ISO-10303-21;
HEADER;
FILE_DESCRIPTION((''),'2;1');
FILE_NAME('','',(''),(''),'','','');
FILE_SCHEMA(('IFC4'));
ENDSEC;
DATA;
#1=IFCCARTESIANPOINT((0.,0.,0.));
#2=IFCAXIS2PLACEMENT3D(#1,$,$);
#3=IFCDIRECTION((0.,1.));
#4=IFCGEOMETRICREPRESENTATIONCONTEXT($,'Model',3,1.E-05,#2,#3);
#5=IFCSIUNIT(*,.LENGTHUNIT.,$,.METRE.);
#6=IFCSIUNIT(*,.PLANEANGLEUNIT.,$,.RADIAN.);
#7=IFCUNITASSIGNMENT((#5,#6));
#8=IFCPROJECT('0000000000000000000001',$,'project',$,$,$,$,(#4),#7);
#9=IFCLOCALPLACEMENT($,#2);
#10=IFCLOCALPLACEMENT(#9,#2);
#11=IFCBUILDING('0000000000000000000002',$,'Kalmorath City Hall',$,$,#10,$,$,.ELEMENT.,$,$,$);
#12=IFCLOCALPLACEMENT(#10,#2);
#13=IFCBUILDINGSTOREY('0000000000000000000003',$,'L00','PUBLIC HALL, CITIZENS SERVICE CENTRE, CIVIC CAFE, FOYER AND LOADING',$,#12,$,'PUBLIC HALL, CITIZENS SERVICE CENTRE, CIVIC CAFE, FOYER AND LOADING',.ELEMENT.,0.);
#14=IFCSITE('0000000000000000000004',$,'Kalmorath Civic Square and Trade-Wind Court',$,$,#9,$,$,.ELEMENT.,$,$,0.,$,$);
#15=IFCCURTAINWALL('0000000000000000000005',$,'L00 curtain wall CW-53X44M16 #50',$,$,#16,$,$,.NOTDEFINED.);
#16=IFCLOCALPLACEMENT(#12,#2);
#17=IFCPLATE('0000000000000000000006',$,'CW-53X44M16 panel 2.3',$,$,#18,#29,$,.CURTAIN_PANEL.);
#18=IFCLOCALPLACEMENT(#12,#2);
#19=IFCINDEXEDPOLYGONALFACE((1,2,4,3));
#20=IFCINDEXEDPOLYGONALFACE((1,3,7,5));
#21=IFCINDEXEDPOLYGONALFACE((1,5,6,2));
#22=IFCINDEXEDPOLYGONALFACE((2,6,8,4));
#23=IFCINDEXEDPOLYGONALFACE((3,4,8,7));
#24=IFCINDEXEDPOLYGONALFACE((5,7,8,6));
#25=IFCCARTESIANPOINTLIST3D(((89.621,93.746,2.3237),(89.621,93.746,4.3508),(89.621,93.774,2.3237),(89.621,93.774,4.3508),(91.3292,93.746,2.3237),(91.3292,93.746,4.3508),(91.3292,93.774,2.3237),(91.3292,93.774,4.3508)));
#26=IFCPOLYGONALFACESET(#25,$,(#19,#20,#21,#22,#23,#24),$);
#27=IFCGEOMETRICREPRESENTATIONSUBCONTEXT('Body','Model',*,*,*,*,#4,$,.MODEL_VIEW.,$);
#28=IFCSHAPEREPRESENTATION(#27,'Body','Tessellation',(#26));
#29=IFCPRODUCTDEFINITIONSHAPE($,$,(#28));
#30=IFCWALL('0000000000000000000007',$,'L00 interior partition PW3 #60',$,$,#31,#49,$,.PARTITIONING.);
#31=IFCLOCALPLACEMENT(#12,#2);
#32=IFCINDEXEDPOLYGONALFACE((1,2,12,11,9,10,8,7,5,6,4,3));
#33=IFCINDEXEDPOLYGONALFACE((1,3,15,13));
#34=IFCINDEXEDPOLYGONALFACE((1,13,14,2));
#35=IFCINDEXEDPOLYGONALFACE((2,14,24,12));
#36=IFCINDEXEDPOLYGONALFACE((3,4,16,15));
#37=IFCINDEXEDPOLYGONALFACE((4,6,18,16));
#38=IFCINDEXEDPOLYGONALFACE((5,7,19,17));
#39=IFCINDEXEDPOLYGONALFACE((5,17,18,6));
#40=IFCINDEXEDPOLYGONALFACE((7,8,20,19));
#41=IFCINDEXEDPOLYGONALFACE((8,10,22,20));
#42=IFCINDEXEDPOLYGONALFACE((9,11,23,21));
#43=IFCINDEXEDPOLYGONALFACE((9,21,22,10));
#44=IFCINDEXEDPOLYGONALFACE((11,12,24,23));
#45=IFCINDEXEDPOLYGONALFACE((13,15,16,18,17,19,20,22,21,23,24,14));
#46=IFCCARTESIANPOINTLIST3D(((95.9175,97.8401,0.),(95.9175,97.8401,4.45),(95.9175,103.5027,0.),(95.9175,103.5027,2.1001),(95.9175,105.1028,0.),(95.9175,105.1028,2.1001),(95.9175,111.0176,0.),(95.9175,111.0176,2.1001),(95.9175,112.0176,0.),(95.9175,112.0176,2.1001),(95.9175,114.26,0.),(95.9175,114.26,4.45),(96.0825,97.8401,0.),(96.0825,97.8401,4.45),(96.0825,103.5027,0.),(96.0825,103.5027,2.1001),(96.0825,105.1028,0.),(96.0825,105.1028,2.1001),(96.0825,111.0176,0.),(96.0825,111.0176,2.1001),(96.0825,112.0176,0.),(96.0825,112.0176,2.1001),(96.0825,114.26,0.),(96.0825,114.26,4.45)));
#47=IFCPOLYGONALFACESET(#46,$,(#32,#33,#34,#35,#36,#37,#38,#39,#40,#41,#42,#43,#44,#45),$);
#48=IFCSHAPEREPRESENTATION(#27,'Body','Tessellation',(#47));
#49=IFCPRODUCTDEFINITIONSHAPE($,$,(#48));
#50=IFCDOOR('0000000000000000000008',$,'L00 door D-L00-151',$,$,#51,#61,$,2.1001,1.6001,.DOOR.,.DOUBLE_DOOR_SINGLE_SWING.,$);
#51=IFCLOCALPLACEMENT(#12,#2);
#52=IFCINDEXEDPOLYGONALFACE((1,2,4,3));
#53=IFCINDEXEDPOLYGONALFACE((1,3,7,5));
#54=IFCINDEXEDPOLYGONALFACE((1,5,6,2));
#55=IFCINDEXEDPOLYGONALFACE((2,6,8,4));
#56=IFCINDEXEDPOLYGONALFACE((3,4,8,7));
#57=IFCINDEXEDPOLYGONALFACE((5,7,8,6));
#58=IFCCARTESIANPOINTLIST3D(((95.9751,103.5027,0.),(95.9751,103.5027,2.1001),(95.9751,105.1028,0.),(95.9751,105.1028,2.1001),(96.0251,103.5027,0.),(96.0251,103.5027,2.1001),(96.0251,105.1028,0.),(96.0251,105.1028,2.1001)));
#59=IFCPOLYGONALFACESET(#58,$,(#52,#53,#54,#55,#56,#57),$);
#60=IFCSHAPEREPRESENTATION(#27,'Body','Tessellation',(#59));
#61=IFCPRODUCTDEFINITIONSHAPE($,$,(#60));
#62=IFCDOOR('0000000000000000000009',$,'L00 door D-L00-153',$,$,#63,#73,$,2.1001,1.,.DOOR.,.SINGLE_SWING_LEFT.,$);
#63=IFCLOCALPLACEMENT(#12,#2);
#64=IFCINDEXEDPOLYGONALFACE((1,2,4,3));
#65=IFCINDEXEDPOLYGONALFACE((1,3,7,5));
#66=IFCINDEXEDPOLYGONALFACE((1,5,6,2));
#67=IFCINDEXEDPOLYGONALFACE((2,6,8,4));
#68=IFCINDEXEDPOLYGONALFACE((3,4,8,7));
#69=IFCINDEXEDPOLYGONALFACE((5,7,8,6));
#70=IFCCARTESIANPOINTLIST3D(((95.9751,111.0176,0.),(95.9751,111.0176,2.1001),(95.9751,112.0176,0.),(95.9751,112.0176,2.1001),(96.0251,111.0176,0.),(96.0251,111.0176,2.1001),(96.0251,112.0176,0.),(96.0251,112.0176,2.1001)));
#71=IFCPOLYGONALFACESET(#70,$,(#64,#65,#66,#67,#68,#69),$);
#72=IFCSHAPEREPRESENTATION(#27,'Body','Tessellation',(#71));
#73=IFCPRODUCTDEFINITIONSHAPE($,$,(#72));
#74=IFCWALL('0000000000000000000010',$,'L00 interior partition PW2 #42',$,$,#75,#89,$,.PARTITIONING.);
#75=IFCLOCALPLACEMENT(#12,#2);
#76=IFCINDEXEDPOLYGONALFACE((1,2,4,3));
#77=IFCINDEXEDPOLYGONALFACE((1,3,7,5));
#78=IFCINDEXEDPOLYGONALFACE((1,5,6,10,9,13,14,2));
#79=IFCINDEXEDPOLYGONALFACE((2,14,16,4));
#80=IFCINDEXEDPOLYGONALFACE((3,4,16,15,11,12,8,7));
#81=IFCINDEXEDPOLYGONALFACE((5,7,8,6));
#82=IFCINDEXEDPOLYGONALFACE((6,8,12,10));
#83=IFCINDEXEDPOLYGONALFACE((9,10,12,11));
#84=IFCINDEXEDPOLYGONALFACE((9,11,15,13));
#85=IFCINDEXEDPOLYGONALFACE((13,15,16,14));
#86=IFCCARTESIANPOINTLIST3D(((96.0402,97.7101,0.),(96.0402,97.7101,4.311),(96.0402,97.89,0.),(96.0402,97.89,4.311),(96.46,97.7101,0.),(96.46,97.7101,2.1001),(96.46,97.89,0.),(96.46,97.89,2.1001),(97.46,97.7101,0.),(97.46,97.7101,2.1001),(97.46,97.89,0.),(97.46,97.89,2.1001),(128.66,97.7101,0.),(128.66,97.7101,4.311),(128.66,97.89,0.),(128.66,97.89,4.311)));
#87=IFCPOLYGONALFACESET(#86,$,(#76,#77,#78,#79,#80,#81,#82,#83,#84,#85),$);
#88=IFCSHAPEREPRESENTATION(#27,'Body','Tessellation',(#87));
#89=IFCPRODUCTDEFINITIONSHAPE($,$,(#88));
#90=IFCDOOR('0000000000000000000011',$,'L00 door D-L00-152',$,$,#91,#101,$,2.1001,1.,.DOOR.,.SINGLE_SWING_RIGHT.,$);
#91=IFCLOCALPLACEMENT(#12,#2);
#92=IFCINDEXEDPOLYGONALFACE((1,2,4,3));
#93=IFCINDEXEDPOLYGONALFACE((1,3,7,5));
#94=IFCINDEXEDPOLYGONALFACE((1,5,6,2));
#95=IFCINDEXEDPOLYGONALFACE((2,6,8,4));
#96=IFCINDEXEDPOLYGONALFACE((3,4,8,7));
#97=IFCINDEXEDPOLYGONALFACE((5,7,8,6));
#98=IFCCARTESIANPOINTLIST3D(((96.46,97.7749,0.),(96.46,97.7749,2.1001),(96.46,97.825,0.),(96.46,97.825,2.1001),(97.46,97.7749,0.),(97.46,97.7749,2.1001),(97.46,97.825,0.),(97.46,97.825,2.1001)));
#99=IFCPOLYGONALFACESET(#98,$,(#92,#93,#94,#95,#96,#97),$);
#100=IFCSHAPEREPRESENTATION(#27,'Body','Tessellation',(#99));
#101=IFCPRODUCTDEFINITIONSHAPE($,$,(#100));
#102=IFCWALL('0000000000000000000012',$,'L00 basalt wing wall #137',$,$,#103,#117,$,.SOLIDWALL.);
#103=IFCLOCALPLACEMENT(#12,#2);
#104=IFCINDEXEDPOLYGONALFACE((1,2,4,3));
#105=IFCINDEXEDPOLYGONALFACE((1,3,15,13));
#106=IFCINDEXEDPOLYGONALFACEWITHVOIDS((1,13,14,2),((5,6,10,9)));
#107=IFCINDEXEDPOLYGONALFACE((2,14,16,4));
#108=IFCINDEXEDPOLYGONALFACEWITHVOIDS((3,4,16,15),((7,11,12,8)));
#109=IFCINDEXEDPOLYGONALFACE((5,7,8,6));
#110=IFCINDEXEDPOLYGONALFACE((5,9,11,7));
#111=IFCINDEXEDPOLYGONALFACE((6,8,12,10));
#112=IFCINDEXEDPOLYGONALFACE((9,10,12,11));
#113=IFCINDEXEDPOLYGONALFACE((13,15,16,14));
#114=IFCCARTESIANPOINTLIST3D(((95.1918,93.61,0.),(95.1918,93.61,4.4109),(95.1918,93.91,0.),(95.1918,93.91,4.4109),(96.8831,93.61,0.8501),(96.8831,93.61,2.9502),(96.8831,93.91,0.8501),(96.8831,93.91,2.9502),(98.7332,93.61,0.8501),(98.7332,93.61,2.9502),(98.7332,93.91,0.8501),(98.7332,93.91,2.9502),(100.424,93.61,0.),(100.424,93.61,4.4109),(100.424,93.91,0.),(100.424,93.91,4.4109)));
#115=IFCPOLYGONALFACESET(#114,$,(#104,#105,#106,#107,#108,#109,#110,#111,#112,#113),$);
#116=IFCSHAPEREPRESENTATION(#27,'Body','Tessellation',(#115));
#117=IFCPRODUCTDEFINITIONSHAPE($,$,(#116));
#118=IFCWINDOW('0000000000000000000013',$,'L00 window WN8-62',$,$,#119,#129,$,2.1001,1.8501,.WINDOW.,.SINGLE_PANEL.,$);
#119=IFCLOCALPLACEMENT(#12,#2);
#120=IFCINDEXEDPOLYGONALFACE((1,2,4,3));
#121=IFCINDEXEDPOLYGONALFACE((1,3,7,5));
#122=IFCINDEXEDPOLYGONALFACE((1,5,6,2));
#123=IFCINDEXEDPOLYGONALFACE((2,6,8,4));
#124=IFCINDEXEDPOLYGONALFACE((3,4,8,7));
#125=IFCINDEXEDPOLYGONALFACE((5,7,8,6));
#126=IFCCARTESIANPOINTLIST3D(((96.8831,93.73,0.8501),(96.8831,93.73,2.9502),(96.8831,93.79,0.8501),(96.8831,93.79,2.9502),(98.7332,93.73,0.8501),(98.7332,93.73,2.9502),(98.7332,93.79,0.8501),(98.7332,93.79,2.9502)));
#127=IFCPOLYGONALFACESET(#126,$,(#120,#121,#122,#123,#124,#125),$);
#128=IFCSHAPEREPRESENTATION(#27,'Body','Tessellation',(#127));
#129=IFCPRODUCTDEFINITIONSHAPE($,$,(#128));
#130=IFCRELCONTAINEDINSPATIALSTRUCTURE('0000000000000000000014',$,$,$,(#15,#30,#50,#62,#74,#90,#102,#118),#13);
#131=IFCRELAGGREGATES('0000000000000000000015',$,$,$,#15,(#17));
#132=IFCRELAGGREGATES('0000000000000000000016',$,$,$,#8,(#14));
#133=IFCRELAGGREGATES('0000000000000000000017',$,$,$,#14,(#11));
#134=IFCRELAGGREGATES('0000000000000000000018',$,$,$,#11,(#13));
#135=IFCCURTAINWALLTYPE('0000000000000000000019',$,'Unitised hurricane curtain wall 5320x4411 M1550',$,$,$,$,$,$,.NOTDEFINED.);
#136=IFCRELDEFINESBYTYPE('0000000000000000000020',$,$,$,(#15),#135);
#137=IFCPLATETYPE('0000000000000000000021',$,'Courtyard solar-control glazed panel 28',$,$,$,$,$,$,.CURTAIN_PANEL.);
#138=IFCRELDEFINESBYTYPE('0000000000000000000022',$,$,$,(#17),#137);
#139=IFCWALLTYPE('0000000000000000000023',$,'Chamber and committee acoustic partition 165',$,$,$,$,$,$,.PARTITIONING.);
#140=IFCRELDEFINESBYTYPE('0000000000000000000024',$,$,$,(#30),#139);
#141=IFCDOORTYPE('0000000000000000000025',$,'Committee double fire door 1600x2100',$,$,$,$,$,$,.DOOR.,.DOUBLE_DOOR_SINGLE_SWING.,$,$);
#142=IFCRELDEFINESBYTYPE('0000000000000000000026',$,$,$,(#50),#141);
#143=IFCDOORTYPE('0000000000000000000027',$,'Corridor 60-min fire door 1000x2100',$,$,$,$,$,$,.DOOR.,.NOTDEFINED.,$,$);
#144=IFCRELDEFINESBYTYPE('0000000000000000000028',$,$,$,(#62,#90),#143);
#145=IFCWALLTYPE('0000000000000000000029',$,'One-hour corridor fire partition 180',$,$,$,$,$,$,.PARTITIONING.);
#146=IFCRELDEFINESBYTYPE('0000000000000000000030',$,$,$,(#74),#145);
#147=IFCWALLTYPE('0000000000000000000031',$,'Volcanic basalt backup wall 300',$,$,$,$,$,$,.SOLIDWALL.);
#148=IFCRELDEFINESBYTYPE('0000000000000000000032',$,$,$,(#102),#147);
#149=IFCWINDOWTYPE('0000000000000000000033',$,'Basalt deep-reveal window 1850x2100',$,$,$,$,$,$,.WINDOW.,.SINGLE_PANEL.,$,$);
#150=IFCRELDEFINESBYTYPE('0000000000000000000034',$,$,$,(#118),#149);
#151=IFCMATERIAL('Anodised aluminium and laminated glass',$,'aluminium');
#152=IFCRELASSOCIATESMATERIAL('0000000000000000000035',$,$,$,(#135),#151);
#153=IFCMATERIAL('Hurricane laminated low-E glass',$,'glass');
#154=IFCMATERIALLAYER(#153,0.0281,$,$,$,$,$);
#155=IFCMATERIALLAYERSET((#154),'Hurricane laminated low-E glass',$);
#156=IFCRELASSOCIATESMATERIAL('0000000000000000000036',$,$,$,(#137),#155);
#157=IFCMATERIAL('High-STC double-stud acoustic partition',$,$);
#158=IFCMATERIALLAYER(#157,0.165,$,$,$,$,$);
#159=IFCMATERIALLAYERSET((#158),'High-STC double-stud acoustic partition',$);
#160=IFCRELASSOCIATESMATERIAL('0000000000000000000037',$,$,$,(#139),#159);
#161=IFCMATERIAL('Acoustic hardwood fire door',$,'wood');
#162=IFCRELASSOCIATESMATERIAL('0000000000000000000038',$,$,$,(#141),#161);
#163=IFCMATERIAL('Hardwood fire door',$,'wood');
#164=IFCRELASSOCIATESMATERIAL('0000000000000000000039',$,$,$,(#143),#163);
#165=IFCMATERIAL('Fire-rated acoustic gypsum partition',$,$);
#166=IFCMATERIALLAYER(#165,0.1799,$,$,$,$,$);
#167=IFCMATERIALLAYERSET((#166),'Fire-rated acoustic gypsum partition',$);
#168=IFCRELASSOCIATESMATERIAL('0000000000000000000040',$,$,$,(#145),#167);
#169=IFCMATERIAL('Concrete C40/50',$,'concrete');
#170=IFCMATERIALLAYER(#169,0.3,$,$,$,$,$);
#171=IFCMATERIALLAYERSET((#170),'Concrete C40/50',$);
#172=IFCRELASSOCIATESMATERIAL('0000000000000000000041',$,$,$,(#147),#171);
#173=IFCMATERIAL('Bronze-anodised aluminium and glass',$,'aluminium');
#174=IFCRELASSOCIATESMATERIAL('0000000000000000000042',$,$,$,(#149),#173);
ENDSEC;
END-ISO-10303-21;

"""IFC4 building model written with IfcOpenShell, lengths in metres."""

from ifc_helpers import new_model, si_unit, direction, frame, frame_2d, origin, origin_2d, place, context, subcontext, project, spatial, rectangle, extrude, material, layer, layer_set, type_object, element, fill, aggregate, save


model = new_model("IFC4")

# Units and contexts
model_context = context("Model", 3, precision=1e-05, world=origin(), true_north=direction((0.0, 1.0)))
body_context = subcontext(model_context, "Body", "Model", "MODEL_VIEW")
ifc_project = project(units=[si_unit("LENGTHUNIT", "METRE"), si_unit("PLANEANGLEUNIT", "RADIAN")], contexts=[model_context])

# Site, building, storey
site_placement = place(None, origin())
site = spatial("IfcSite", under=ifc_project, at=site_placement, Name="Kalmorath Civic Square and Trade-Wind Court", CompositionType="ELEMENT", RefElevation=0.0)
building_placement = place(site_placement, origin())
building = spatial("IfcBuilding", under=site, at=building_placement, Name="Kalmorath City Hall", CompositionType="ELEMENT")
storey_placement = place(building_placement, origin())
storey = spatial("IfcBuildingStorey", under=building, at=storey_placement, Name="L00", Description="PUBLIC HALL, CITIZENS SERVICE CENTRE, CIVIC CAFE, FOYER AND LOADING", LongName="PUBLIC HALL, CITIZENS SERVICE CENTRE, CIVIC CAFE, FOYER AND LOADING", CompositionType="ELEMENT", Elevation=0.0)

# Curtain wall
ifc_material_1 = material(Name="Anodised aluminium and laminated glass", Category="aluminium")
curtain_wall_type = type_object("IfcCurtainWallType", Name="Unitised hurricane curtain wall 5320x4411 M1550", PredefinedType="NOTDEFINED", material=ifc_material_1)
curtain_wall_placement = place(storey_placement, origin())
curtain_wall = element("IfcCurtainWall", 1, at=curtain_wall_placement, inside=storey, type_object=curtain_wall_type, Name="L00 curtain wall CW-53X44M16 #50", PredefinedType="NOTDEFINED")

# Plate
ifc_material_2 = material(Name="Hurricane laminated low-E glass", Category="glass")
ifc_layer_1 = layer(ifc_material_2, 0.0281)
ifc_layer_set_1 = layer_set([ifc_layer_1], Name="Hurricane laminated low-E glass")
plate_type = type_object("IfcPlateType", Name="Courtyard solar-control glazed panel 28", PredefinedType="CURTAIN_PANEL", material=ifc_layer_set_1)
plate_1_placement = place(storey_placement, frame((90.4751, 93.76, 2.3237), z_axis=(0.0, 0.0, 1.0), x_axis=(-1.0, 0.0, 0.0)))
plate_1 = element("IfcPlate", 2, at=plate_1_placement, type_object=plate_type, Name="CW-53X44M16 panel 2.3", PredefinedType="CURTAIN_PANEL", context=body_context, shape_type="SweptSolid", body=[
    extrude(rectangle(XDim=1.7083, YDim=0.0281, at=origin_2d()), origin(), (0.0, 0.0, 1.0), 2.0271),
])
aggregate(curtain_wall, [plate_1])

# Wall, openings, doors
ifc_material_3 = material(Name="High-STC double-stud acoustic partition")
ifc_layer_2 = layer(ifc_material_3, 0.165)
ifc_layer_set_2 = layer_set([ifc_layer_2], Name="High-STC double-stud acoustic partition")
wall_type_1 = type_object("IfcWallType", Name="Chamber and committee acoustic partition 165", PredefinedType="PARTITIONING", material=ifc_layer_set_2)
wall_1_placement = place(storey_placement, frame((96.0, 97.8401, 0.0), z_axis=(0.0, 0.0, 1.0), x_axis=(0.0, 1.0, 0.0)))
wall_1 = element("IfcWall", 3, at=wall_1_placement, inside=storey, type_object=wall_type_1, Name="L00 interior partition PW3 #60", PredefinedType="PARTITIONING", context=body_context, shape_type="SweptSolid", body=[
    extrude(rectangle(XDim=16.4199, YDim=0.165, at=frame_2d((8.21, 0.0))), origin(), (0.0, 0.0, 1.0), 4.45),
])
opening_1_placement = place(wall_1_placement, frame((5.6626, 0.0, 0.0)))
opening_1 = element("IfcOpeningElement", 4, at=opening_1_placement, cuts=wall_1, PredefinedType="OPENING", context=body_context, shape_type="SweptSolid", body=[
    extrude(rectangle(XDim=1.6001, YDim=2.1001, at=frame_2d((0.8, 1.05))), frame((0.0, 0.0925, 0.0), z_axis=(0.0, -1.0, 0.0), x_axis=(1.0, 0.0, 0.0)), (0.0, 0.0, 1.0), 0.1851),
])
opening_2_placement = place(wall_1_placement, frame((13.1775, 0.0, 0.0)))
opening_2 = element("IfcOpeningElement", 5, at=opening_2_placement, cuts=wall_1, PredefinedType="OPENING", context=body_context, shape_type="SweptSolid", body=[
    extrude(rectangle(XDim=1.0, YDim=2.1001, at=frame_2d((0.5, 1.05))), frame((0.0, 0.0925, 0.0), z_axis=(0.0, -1.0, 0.0), x_axis=(1.0, 0.0, 0.0)), (0.0, 0.0, 1.0), 0.1851),
])
ifc_material_4 = material(Name="Acoustic hardwood fire door", Category="wood")
door_type_1 = type_object("IfcDoorType", Name="Committee double fire door 1600x2100", OperationType="DOUBLE_DOOR_SINGLE_SWING", PredefinedType="DOOR", material=ifc_material_4)
door_1_placement = place(opening_1_placement, origin())
door_1 = element("IfcDoor", 6, at=door_1_placement, inside=storey, type_object=door_type_1, Name="L00 door D-L00-151", OperationType="DOUBLE_DOOR_SINGLE_SWING", OverallHeight=2.1001, OverallWidth=1.6001, PredefinedType="DOOR", context=body_context, shape_type="SweptSolid", body=[
    extrude(rectangle(XDim=1.6001, YDim=2.1001, at=frame_2d((0.8, 1.05))), frame((0.0, 0.0249, 0.0), z_axis=(0.0, -1.0, 0.0), x_axis=(1.0, 0.0, 0.0)), (0.0, 0.0, 1.0), 0.05),
])
fill(opening_1, door_1)
ifc_material_5 = material(Name="Hardwood fire door", Category="wood")
door_type_2 = type_object("IfcDoorType", Name="Corridor 60-min fire door 1000x2100", OperationType="NOTDEFINED", PredefinedType="DOOR", material=ifc_material_5)
door_2_placement = place(opening_2_placement, origin())
door_2 = element("IfcDoor", 7, at=door_2_placement, inside=storey, type_object=door_type_2, Name="L00 door D-L00-153", OperationType="SINGLE_SWING_LEFT", OverallHeight=2.1001, OverallWidth=1.0, PredefinedType="DOOR", context=body_context, shape_type="SweptSolid", body=[
    extrude(rectangle(XDim=1.0, YDim=2.1001, at=frame_2d((0.5, 1.05))), frame((0.0, 0.0249, 0.0), z_axis=(0.0, -1.0, 0.0), x_axis=(1.0, 0.0, 0.0)), (0.0, 0.0, 1.0), 0.05),
])
fill(opening_2, door_2)

# Wall, opening, door
ifc_material_6 = material(Name="Fire-rated acoustic gypsum partition")
ifc_layer_3 = layer(ifc_material_6, 0.1799)
ifc_layer_set_3 = layer_set([ifc_layer_3], Name="Fire-rated acoustic gypsum partition")
wall_type_2 = type_object("IfcWallType", Name="One-hour corridor fire partition 180", PredefinedType="PARTITIONING", material=ifc_layer_set_3)
wall_2_placement = place(storey_placement, frame((96.04, 97.8, 0.0), z_axis=(0.0, 0.0, 1.0), x_axis=(1.0, 0.0, 0.0)))
wall_2 = element("IfcWall", 8, at=wall_2_placement, inside=storey, type_object=wall_type_2, Name="L00 interior partition PW2 #42", PredefinedType="PARTITIONING", context=body_context, shape_type="SweptSolid", body=[
    extrude(rectangle(XDim=32.6199, YDim=0.1799, at=frame_2d((16.3101, 0.0))), origin(), (0.0, 0.0, 1.0), 4.311),
])
opening_3_placement = place(wall_2_placement, frame((0.4199, 0.0, 0.0)))
opening_3 = element("IfcOpeningElement", 9, at=opening_3_placement, cuts=wall_2, PredefinedType="OPENING", context=body_context, shape_type="SweptSolid", body=[
    extrude(rectangle(XDim=1.0, YDim=2.1001, at=frame_2d((0.5, 1.05))), frame((0.0, 0.0999, 0.0), z_axis=(0.0, -1.0, 0.0), x_axis=(1.0, 0.0, 0.0)), (0.0, 0.0, 1.0), 0.2),
])
door_3_placement = place(opening_3_placement, origin())
door_3 = element("IfcDoor", 10, at=door_3_placement, inside=storey, type_object=door_type_2, Name="L00 door D-L00-152", OperationType="SINGLE_SWING_RIGHT", OverallHeight=2.1001, OverallWidth=1.0, PredefinedType="DOOR", context=body_context, shape_type="SweptSolid", body=[
    extrude(rectangle(XDim=1.0, YDim=2.1001, at=frame_2d((0.5, 1.05))), frame((0.0, 0.0249, 0.0), z_axis=(0.0, -1.0, 0.0), x_axis=(1.0, 0.0, 0.0)), (0.0, 0.0, 1.0), 0.05),
])
fill(opening_3, door_3)

# Wall, opening, window
ifc_material_7 = material(Name="Concrete C40/50", Category="concrete")
ifc_layer_4 = layer(ifc_material_7, 0.3)
ifc_layer_set_4 = layer_set([ifc_layer_4], Name="Concrete C40/50")
wall_type_3 = type_object("IfcWallType", Name="Volcanic basalt backup wall 300", PredefinedType="SOLIDWALL", material=ifc_layer_set_4)
wall_3_placement = place(storey_placement, frame((100.4241, 93.76, 0.0), z_axis=(0.0, 0.0, 1.0), x_axis=(-1.0, 0.0, 0.0)))
wall_3 = element("IfcWall", 11, at=wall_3_placement, inside=storey, type_object=wall_type_3, Name="L00 basalt wing wall #137", PredefinedType="SOLIDWALL", context=body_context, shape_type="SweptSolid", body=[
    extrude(rectangle(XDim=5.2322, YDim=0.3, at=frame_2d((2.6162, 0.0))), origin(), (0.0, 0.0, 1.0), 4.4109),
])
opening_4_placement = place(wall_3_placement, frame((1.6909, 0.0, 0.8501)))
opening_4 = element("IfcOpeningElement", 12, at=opening_4_placement, cuts=wall_3, PredefinedType="OPENING", context=body_context, shape_type="SweptSolid", body=[
    extrude(rectangle(XDim=1.8501, YDim=2.1001, at=frame_2d((0.925, 1.05))), frame((0.0, 0.1599, 0.0), z_axis=(0.0, -1.0, 0.0), x_axis=(1.0, 0.0, 0.0)), (0.0, 0.0, 1.0), 0.3201),
])
ifc_material_8 = material(Name="Bronze-anodised aluminium and glass", Category="aluminium")
window_type = type_object("IfcWindowType", Name="Basalt deep-reveal window 1850x2100", PartitioningType="SINGLE_PANEL", PredefinedType="WINDOW", material=ifc_material_8)
window_placement = place(opening_4_placement, origin())
window = element("IfcWindow", 13, at=window_placement, inside=storey, type_object=window_type, Name="L00 window WN8-62", OverallHeight=2.1001, OverallWidth=1.8501, PartitioningType="SINGLE_PANEL", PredefinedType="WINDOW", context=body_context, shape_type="SweptSolid", body=[
    extrude(rectangle(XDim=1.8501, YDim=2.1001, at=frame_2d((0.925, 1.05))), frame((0.0, 0.03, 0.0), z_axis=(0.0, -1.0, 0.0), x_axis=(1.0, 0.0, 0.0)), (0.0, 0.0, 1.0), 0.0601),
])
fill(opening_4, window)

save(model, "model.ifc")
